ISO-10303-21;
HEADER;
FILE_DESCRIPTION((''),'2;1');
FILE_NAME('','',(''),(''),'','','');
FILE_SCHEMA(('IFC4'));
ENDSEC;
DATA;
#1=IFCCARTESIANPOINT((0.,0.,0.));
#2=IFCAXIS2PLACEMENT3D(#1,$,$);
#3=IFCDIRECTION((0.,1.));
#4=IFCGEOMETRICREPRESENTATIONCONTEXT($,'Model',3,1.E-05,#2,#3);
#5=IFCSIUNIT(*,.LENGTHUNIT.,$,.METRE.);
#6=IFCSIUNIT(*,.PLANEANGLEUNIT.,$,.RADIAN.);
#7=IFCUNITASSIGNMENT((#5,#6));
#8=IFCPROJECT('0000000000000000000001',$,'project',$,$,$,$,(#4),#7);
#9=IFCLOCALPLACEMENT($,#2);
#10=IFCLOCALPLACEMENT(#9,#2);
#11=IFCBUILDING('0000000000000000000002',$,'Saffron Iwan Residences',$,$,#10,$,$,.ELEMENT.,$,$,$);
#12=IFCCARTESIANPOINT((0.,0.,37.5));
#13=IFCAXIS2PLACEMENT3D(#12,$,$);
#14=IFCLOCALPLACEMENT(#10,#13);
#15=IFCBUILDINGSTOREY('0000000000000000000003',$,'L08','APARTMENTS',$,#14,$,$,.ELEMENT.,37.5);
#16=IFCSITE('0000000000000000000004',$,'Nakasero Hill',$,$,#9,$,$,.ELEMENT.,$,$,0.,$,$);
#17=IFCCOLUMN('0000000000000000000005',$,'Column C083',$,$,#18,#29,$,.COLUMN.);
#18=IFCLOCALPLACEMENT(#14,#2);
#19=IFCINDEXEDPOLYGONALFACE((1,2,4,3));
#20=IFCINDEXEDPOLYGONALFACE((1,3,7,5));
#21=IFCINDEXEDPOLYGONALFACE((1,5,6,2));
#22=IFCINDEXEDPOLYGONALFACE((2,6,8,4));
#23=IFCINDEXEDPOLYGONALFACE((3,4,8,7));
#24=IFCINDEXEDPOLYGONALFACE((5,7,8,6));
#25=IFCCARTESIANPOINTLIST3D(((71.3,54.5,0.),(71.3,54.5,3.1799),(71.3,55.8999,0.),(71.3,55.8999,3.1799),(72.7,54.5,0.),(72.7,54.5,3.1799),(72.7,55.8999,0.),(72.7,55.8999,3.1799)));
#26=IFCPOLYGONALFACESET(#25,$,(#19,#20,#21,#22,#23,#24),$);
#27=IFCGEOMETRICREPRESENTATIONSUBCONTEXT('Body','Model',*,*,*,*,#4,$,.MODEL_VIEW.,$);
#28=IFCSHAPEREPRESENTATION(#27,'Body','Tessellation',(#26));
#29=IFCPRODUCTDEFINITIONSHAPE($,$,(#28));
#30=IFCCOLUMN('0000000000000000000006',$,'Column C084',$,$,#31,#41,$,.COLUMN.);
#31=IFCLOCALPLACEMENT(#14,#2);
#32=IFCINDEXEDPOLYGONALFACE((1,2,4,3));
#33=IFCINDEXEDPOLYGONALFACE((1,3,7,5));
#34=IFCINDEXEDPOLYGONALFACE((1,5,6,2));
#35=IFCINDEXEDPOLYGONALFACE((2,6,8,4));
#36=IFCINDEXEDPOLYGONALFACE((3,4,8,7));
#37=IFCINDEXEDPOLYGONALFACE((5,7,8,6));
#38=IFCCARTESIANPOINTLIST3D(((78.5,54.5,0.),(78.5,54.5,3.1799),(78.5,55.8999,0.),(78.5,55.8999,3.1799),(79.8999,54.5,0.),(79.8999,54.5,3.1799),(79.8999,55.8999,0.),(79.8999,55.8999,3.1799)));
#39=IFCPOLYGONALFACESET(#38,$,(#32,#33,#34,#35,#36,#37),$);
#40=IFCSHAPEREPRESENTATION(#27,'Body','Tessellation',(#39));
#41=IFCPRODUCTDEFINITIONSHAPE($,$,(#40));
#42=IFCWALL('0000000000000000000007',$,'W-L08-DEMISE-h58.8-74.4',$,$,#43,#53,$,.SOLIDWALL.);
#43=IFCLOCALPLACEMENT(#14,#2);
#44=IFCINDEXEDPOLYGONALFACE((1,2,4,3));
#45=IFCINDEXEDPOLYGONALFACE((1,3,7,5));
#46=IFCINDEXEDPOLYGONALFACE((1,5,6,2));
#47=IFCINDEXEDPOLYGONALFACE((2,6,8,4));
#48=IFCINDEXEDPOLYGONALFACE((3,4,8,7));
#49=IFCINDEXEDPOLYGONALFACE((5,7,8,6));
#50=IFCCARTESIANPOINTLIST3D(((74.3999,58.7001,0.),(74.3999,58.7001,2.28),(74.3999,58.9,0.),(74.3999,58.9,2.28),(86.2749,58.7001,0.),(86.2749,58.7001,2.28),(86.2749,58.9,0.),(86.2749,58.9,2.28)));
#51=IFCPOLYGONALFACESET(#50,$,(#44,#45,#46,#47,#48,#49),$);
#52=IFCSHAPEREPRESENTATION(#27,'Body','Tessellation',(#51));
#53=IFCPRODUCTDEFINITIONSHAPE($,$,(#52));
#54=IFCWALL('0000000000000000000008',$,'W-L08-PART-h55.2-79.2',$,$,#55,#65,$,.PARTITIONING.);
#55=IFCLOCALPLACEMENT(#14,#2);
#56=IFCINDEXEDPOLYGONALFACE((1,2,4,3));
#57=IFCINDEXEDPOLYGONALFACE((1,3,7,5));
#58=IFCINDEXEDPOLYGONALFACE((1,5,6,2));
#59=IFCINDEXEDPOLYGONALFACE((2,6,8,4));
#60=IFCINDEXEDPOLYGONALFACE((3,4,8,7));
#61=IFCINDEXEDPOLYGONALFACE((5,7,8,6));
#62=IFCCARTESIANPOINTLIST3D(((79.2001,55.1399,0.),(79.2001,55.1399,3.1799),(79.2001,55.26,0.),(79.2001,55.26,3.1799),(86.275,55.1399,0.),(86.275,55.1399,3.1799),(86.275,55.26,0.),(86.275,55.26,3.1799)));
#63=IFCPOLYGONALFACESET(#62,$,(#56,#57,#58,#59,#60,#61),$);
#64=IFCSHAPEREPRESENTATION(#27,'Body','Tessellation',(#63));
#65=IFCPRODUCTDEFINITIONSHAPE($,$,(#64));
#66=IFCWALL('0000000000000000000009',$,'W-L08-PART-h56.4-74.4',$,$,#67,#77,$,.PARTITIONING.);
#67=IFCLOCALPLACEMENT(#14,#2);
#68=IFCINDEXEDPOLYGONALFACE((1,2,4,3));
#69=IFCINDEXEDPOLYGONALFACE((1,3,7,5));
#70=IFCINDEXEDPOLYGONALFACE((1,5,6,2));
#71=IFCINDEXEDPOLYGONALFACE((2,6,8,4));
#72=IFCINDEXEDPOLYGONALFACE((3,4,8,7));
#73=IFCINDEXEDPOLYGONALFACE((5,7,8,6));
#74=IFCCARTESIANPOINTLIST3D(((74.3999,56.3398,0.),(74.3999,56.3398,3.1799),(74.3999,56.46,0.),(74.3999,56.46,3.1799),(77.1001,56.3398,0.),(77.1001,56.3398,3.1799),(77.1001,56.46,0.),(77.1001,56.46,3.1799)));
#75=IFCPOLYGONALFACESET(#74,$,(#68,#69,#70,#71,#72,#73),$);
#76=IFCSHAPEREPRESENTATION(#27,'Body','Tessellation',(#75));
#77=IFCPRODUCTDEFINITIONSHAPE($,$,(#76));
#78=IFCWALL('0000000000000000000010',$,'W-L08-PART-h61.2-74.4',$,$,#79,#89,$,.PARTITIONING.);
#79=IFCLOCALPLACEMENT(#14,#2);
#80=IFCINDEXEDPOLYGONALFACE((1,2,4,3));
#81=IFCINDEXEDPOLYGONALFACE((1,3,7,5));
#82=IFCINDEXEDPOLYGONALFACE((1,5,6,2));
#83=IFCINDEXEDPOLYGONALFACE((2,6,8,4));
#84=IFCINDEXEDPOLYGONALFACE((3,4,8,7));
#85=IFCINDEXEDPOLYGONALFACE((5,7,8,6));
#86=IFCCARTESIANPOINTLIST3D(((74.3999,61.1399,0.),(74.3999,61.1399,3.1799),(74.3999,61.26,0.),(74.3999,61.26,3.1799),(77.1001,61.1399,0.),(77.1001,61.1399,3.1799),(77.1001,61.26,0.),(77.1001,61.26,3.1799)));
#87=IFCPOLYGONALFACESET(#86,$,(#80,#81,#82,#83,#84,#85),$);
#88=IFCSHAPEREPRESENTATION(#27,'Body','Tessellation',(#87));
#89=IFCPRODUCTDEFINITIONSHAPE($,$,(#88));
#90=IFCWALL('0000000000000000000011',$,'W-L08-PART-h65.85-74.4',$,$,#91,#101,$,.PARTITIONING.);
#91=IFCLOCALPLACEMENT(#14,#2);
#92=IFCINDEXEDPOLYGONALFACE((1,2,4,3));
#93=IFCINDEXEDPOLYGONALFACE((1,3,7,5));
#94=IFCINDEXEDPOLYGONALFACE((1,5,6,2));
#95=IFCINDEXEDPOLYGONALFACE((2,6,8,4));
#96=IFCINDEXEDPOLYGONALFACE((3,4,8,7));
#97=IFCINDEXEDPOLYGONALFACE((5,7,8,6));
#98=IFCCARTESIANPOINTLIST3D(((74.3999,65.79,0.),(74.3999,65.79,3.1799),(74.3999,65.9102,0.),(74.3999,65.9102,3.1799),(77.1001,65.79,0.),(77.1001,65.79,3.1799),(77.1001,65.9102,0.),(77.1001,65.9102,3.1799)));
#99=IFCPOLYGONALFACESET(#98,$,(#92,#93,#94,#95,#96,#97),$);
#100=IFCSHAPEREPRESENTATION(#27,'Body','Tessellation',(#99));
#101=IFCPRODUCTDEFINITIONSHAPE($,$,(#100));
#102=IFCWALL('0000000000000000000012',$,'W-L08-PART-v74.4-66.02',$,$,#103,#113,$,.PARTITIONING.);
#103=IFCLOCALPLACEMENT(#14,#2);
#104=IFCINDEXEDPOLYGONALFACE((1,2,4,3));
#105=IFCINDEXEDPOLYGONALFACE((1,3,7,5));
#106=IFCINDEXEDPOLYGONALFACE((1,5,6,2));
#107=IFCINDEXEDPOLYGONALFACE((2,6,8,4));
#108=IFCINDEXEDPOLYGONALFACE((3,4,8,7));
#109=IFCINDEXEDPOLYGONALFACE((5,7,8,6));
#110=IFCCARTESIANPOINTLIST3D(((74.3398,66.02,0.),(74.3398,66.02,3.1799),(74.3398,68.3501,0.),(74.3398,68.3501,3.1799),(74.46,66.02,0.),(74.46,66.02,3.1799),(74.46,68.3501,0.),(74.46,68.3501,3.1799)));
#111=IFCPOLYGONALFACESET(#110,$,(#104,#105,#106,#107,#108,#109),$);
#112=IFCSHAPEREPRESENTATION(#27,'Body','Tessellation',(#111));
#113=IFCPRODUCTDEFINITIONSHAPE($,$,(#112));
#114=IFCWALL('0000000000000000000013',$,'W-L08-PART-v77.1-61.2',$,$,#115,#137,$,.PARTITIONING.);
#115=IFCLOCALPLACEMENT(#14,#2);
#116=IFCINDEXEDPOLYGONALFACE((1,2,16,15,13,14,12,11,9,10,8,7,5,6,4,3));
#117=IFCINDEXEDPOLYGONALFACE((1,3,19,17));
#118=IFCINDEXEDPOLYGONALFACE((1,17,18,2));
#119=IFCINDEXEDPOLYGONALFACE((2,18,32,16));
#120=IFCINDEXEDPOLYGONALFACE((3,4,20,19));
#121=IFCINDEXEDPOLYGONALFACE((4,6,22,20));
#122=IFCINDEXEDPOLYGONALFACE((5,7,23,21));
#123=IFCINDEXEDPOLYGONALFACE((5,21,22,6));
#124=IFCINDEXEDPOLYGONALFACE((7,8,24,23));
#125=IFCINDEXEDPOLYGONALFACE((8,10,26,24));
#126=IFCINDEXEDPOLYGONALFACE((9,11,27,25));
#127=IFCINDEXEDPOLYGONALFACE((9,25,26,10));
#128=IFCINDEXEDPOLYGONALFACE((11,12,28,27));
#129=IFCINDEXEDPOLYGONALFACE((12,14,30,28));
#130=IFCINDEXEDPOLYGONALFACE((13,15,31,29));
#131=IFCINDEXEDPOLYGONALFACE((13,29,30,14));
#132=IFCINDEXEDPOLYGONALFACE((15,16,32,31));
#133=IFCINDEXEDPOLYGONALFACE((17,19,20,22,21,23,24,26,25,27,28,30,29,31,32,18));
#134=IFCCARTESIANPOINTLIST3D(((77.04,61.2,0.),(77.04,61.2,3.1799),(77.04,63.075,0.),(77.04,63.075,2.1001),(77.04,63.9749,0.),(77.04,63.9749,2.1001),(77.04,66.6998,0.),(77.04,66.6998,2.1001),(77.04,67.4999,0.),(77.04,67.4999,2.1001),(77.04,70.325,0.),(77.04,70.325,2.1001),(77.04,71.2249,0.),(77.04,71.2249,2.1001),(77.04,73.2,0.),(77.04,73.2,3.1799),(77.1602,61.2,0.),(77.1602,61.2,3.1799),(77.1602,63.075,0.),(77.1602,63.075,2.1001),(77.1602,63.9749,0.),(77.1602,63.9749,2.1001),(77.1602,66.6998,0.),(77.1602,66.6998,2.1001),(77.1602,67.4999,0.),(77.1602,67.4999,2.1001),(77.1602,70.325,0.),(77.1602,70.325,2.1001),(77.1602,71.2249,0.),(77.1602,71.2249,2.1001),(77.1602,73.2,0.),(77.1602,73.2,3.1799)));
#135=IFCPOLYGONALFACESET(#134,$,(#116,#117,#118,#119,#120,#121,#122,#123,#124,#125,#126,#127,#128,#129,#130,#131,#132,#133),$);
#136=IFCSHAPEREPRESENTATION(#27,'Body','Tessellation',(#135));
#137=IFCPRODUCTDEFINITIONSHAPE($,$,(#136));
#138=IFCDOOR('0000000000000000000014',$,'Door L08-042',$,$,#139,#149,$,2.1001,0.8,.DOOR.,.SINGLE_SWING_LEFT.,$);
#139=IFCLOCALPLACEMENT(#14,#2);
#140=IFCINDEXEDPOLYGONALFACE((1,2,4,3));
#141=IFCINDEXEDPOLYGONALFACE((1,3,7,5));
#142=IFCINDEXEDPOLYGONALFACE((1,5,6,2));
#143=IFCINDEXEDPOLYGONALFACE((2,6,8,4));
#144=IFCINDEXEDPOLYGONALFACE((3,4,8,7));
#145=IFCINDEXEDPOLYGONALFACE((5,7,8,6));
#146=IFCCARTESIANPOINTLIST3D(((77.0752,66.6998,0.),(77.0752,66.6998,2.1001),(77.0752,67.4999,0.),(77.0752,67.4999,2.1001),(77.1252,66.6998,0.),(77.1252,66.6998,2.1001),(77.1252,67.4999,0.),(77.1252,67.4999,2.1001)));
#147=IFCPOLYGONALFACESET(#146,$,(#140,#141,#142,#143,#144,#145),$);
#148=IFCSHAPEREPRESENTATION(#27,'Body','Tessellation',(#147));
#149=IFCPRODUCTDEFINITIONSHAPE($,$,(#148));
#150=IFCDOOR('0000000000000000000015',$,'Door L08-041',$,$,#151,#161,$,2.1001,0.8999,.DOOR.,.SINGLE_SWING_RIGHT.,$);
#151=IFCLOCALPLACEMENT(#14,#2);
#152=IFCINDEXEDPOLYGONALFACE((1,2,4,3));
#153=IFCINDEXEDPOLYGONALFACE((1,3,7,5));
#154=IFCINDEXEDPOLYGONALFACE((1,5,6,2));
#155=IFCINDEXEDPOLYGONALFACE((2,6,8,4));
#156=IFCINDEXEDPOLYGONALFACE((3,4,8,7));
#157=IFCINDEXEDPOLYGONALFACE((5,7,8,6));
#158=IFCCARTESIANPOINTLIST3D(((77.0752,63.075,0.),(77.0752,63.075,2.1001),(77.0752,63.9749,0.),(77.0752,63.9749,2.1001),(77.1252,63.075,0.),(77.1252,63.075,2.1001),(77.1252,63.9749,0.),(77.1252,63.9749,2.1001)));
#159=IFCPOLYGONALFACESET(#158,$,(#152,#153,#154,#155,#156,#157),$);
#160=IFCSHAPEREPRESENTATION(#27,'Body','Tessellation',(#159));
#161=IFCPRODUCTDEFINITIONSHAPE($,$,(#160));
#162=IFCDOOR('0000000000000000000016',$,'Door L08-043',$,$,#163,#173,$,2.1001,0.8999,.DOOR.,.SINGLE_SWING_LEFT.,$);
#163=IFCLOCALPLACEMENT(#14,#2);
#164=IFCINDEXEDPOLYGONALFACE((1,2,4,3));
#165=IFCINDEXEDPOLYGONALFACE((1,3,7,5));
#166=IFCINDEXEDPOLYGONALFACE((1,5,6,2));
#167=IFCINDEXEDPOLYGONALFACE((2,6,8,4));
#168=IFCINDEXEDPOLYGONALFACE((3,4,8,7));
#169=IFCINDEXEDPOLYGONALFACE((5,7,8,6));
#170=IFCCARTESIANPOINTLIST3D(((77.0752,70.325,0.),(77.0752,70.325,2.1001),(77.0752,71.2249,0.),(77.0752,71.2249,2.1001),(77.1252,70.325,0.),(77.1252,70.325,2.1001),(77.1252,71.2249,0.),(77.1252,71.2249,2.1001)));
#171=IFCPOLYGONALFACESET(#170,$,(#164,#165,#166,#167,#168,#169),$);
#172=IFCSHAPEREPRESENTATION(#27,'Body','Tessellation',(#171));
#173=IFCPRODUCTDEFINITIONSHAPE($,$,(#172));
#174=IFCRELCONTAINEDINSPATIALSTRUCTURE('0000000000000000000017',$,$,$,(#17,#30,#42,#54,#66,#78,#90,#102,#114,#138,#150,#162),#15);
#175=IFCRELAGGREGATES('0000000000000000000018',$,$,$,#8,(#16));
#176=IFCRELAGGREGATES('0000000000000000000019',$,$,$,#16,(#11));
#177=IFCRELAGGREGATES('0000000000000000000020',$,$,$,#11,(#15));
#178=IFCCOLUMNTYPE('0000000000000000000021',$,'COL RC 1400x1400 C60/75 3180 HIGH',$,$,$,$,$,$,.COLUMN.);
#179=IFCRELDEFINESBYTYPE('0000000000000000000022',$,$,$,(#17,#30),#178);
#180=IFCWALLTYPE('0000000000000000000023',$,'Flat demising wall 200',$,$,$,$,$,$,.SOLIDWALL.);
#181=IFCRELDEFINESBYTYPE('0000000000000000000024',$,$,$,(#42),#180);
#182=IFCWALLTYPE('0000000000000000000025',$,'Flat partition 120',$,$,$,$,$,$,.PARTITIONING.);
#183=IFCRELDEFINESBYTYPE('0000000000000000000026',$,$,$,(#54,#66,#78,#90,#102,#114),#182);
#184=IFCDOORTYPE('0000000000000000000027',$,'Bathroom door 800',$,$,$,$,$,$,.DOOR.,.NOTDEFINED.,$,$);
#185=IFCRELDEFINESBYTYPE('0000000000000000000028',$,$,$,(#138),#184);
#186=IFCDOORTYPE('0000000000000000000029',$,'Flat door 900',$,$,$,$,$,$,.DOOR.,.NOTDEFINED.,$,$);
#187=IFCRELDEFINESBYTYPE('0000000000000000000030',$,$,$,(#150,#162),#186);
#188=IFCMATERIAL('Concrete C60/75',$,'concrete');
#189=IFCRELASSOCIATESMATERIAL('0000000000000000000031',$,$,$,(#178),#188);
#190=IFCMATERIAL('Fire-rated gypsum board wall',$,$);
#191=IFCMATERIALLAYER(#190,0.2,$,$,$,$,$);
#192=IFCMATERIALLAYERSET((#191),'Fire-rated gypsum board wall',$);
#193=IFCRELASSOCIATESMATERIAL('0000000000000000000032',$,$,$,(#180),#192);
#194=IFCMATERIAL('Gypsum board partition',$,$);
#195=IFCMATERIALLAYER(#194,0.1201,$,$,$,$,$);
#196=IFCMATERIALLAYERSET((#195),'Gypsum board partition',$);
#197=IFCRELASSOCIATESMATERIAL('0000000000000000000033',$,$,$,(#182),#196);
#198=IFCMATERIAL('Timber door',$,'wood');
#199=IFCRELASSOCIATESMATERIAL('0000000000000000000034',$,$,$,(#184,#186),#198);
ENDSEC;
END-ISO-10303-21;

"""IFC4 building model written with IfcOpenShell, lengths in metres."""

from ifc_helpers import new_model, si_unit, direction, frame, frame_2d, origin, origin_2d, place, context, subcontext, project, spatial, rectangle, extrude, source, transform, mapped, material, layer, layer_set, material_profile, profile_set, type_object, element, fill, save


model = new_model("IFC4")

# Units and contexts
model_context = context("Model", 3, precision=1e-05, world=origin(), true_north=direction((0.0, 1.0)))
body_context = subcontext(model_context, "Body", "Model", "MODEL_VIEW")
ifc_project = project(units=[si_unit("LENGTHUNIT", "METRE"), si_unit("PLANEANGLEUNIT", "RADIAN")], contexts=[model_context])

# Site, building, storey
site_placement = place(None, origin())
site = spatial("IfcSite", under=ifc_project, at=site_placement, Name="Nakasero Hill", CompositionType="ELEMENT", RefElevation=0.0)
building_placement = place(site_placement, origin())
building = spatial("IfcBuilding", under=site, at=building_placement, Name="Saffron Iwan Residences", CompositionType="ELEMENT")
storey_placement = place(building_placement, frame((0.0, 0.0, 37.5)))
storey = spatial("IfcBuildingStorey", under=building, at=storey_placement, Name="L08", Description="APARTMENTS", CompositionType="ELEMENT", Elevation=37.5)

# Columns
ifc_material_1 = material(Name="Concrete C60/75", Category="concrete")
ifc_material_profile = material_profile(ifc_material_1, rectangle(XDim=1.3999, YDim=1.3999, at=origin_2d()), Name="RC 1400x1400")
ifc_profile_set = profile_set([ifc_material_profile], Name="Concrete C60/75")
column_type = type_object("IfcColumnType", Name="COL RC 1400x1400 C60/75 3180 HIGH", PredefinedType="COLUMN", material=ifc_profile_set)
shared_shape = source(origin(), body_context, "Body", "SweptSolid", [
    extrude(rectangle(XDim=1.3999, YDim=1.3999, at=origin_2d()), origin(), (0.0, 0.0, 1.0), 3.1799),
])
for number, where, z_axis, x_axis, name in (
    (1, (72.0, 55.2, 0.0), (0.0, 0.0, 1.0), (1.0, 0.0, 0.0), "Column C083"),
    (2, (79.2, 55.2, 0.0), (0.0, 0.0, 1.0), (1.0, 0.0, 0.0), "Column C084"),
):
    element("IfcColumn", number, at=place(storey_placement, frame(where, z_axis=z_axis, x_axis=x_axis)), inside=storey, type_object=column_type, Name=name, PredefinedType="COLUMN", context=body_context, shape_type="MappedRepresentation", body=[
        mapped(shared_shape, transform((0.0, 0.0, 0.0))),
    ])

# Walls
ifc_material_2 = material(Name="Fire-rated gypsum board wall")
ifc_layer_1 = layer(ifc_material_2, 0.2)
ifc_layer_set_1 = layer_set([ifc_layer_1], Name="Fire-rated gypsum board wall")
wall_type_1 = type_object("IfcWallType", Name="Flat demising wall 200", PredefinedType="SOLIDWALL", material=ifc_layer_set_1)
wall_1_placement = place(storey_placement, frame((74.3999, 58.8, 0.0), z_axis=(0.0, 0.0, 1.0), x_axis=(1.0, 0.0, 0.0)))
element("IfcWall", 3, at=wall_1_placement, inside=storey, type_object=wall_type_1, Name="W-L08-DEMISE-h58.8-74.4", PredefinedType="SOLIDWALL", context=body_context, shape_type="SweptSolid", body=[
    extrude(rectangle(XDim=11.875, YDim=0.2, at=frame_2d((5.9375, 0.0))), origin(), (0.0, 0.0, 1.0), 2.28),
])
ifc_material_3 = material(Name="Gypsum board partition")
ifc_layer_2 = layer(ifc_material_3, 0.1201)
ifc_layer_set_2 = layer_set([ifc_layer_2], Name="Gypsum board partition")
wall_type_2 = type_object("IfcWallType", Name="Flat partition 120", PredefinedType="PARTITIONING", material=ifc_layer_set_2)
wall_2_placement = place(storey_placement, frame((79.2, 55.2, 0.0), z_axis=(0.0, 0.0, 1.0), x_axis=(1.0, 0.0, 0.0)))
element("IfcWall", 4, at=wall_2_placement, inside=storey, type_object=wall_type_2, Name="W-L08-PART-h55.2-79.2", PredefinedType="PARTITIONING", context=body_context, shape_type="SweptSolid", body=[
    extrude(rectangle(XDim=7.075, YDim=0.1201, at=frame_2d((3.5376, 0.0))), origin(), (0.0, 0.0, 1.0), 3.1799),
])
for number, where, z_axis, x_axis, name in (
    (5, (74.3999, 56.3999, 0.0), (0.0, 0.0, 1.0), (1.0, 0.0, 0.0), "W-L08-PART-h56.4-74.4"),
    (6, (74.3999, 61.2, 0.0), (0.0, 0.0, 1.0), (1.0, 0.0, 0.0), "W-L08-PART-h61.2-74.4"),
    (7, (74.3999, 65.8501, 0.0), (0.0, 0.0, 1.0), (1.0, 0.0, 0.0), "W-L08-PART-h65.85-74.4"),
):
    element("IfcWall", number, at=place(storey_placement, frame(where, z_axis=z_axis, x_axis=x_axis)), inside=storey, type_object=wall_type_2, Name=name, PredefinedType="PARTITIONING", context=body_context, shape_type="SweptSolid", body=[
        extrude(rectangle(XDim=2.7002, YDim=0.1201, at=frame_2d((1.3501, 0.0))), origin(), (0.0, 0.0, 1.0), 3.1799),
    ])
wall_3_placement = place(storey_placement, frame((74.3999, 66.02, 0.0), z_axis=(0.0, 0.0, 1.0), x_axis=(0.0, 1.0, 0.0)))
element("IfcWall", 8, at=wall_3_placement, inside=storey, type_object=wall_type_2, Name="W-L08-PART-v74.4-66.02", PredefinedType="PARTITIONING", context=body_context, shape_type="SweptSolid", body=[
    extrude(rectangle(XDim=2.3301, YDim=0.1201, at=frame_2d((1.165, 0.0))), origin(), (0.0, 0.0, 1.0), 3.1799),
])

# Wall, openings, doors
wall_4_placement = place(storey_placement, frame((77.1001, 61.2, 0.0), z_axis=(0.0, 0.0, 1.0), x_axis=(0.0, 1.0, 0.0)))
wall_4 = element("IfcWall", 9, at=wall_4_placement, inside=storey, type_object=wall_type_2, Name="W-L08-PART-v77.1-61.2", PredefinedType="PARTITIONING", context=body_context, shape_type="SweptSolid", body=[
    extrude(rectangle(XDim=12.0, YDim=0.1201, at=frame_2d((6.0, 0.0))), origin(), (0.0, 0.0, 1.0), 3.1799),
])
opening_1_placement = place(wall_4_placement, frame((1.875, 0.0, 0.0)))
opening_1 = element("IfcOpeningElement", 10, at=opening_1_placement, cuts=wall_4, PredefinedType="OPENING", context=body_context, shape_type="SweptSolid", body=[
    extrude(rectangle(XDim=0.8999, YDim=2.1001, at=frame_2d((0.45, 1.05))), frame((0.0, 0.0701, 0.0), z_axis=(0.0, -1.0, 0.0), x_axis=(1.0, 0.0, 0.0)), (0.0, 0.0, 1.0), 0.1401),
])
opening_2_placement = place(wall_4_placement, frame((5.5, 0.0, 0.0)))
opening_2 = element("IfcOpeningElement", 11, at=opening_2_placement, cuts=wall_4, PredefinedType="OPENING", context=body_context, shape_type="SweptSolid", body=[
    extrude(rectangle(XDim=0.8, YDim=2.1001, at=frame_2d((0.3999, 1.05))), frame((0.0, 0.0701, 0.0), z_axis=(0.0, -1.0, 0.0), x_axis=(1.0, 0.0, 0.0)), (0.0, 0.0, 1.0), 0.1401),
])
opening_3_placement = place(wall_4_placement, frame((9.125, 0.0, 0.0)))
opening_3 = element("IfcOpeningElement", 12, at=opening_3_placement, cuts=wall_4, PredefinedType="OPENING", context=body_context, shape_type="SweptSolid", body=[
    extrude(rectangle(XDim=0.8999, YDim=2.1001, at=frame_2d((0.45, 1.05))), frame((0.0, 0.0701, 0.0), z_axis=(0.0, -1.0, 0.0), x_axis=(1.0, 0.0, 0.0)), (0.0, 0.0, 1.0), 0.1401),
])
ifc_material_4 = material(Name="Timber door", Category="wood")
door_type_1 = type_object("IfcDoorType", Name="Bathroom door 800", OperationType="NOTDEFINED", PredefinedType="DOOR", material=ifc_material_4)
door_1_placement = place(opening_2_placement, origin())
door_1 = element("IfcDoor", 13, at=door_1_placement, inside=storey, type_object=door_type_1, Name="Door L08-042", OperationType="SINGLE_SWING_LEFT", OverallHeight=2.1001, OverallWidth=0.8, PredefinedType="DOOR", context=body_context, shape_type="SweptSolid", body=[
    extrude(rectangle(XDim=0.8, YDim=2.1001, at=frame_2d((0.3999, 1.05))), frame((0.0, 0.0249, 0.0), z_axis=(0.0, -1.0, 0.0), x_axis=(1.0, 0.0, 0.0)), (0.0, 0.0, 1.0), 0.05),
])
fill(opening_2, door_1)
door_type_2 = type_object("IfcDoorType", Name="Flat door 900", OperationType="NOTDEFINED", PredefinedType="DOOR", material=ifc_material_4)
door_2_placement = place(opening_1_placement, origin())
door_2 = element("IfcDoor", 14, at=door_2_placement, inside=storey, type_object=door_type_2, Name="Door L08-041", OperationType="SINGLE_SWING_RIGHT", OverallHeight=2.1001, OverallWidth=0.8999, PredefinedType="DOOR", context=body_context, shape_type="SweptSolid", body=[
    extrude(rectangle(XDim=0.8999, YDim=2.1001, at=frame_2d((0.45, 1.05))), frame((0.0, 0.0249, 0.0), z_axis=(0.0, -1.0, 0.0), x_axis=(1.0, 0.0, 0.0)), (0.0, 0.0, 1.0), 0.05),
])
fill(opening_1, door_2)
door_3_placement = place(opening_3_placement, origin())
door_3 = element("IfcDoor", 15, at=door_3_placement, inside=storey, type_object=door_type_2, Name="Door L08-043", OperationType="SINGLE_SWING_LEFT", OverallHeight=2.1001, OverallWidth=0.8999, PredefinedType="DOOR", context=body_context, shape_type="SweptSolid", body=[
    extrude(rectangle(XDim=0.8999, YDim=2.1001, at=frame_2d((0.45, 1.05))), frame((0.0, 0.0249, 0.0), z_axis=(0.0, -1.0, 0.0), x_axis=(1.0, 0.0, 0.0)), (0.0, 0.0, 1.0), 0.05),
])
fill(opening_3, door_3)

save(model, "model.ifc")
